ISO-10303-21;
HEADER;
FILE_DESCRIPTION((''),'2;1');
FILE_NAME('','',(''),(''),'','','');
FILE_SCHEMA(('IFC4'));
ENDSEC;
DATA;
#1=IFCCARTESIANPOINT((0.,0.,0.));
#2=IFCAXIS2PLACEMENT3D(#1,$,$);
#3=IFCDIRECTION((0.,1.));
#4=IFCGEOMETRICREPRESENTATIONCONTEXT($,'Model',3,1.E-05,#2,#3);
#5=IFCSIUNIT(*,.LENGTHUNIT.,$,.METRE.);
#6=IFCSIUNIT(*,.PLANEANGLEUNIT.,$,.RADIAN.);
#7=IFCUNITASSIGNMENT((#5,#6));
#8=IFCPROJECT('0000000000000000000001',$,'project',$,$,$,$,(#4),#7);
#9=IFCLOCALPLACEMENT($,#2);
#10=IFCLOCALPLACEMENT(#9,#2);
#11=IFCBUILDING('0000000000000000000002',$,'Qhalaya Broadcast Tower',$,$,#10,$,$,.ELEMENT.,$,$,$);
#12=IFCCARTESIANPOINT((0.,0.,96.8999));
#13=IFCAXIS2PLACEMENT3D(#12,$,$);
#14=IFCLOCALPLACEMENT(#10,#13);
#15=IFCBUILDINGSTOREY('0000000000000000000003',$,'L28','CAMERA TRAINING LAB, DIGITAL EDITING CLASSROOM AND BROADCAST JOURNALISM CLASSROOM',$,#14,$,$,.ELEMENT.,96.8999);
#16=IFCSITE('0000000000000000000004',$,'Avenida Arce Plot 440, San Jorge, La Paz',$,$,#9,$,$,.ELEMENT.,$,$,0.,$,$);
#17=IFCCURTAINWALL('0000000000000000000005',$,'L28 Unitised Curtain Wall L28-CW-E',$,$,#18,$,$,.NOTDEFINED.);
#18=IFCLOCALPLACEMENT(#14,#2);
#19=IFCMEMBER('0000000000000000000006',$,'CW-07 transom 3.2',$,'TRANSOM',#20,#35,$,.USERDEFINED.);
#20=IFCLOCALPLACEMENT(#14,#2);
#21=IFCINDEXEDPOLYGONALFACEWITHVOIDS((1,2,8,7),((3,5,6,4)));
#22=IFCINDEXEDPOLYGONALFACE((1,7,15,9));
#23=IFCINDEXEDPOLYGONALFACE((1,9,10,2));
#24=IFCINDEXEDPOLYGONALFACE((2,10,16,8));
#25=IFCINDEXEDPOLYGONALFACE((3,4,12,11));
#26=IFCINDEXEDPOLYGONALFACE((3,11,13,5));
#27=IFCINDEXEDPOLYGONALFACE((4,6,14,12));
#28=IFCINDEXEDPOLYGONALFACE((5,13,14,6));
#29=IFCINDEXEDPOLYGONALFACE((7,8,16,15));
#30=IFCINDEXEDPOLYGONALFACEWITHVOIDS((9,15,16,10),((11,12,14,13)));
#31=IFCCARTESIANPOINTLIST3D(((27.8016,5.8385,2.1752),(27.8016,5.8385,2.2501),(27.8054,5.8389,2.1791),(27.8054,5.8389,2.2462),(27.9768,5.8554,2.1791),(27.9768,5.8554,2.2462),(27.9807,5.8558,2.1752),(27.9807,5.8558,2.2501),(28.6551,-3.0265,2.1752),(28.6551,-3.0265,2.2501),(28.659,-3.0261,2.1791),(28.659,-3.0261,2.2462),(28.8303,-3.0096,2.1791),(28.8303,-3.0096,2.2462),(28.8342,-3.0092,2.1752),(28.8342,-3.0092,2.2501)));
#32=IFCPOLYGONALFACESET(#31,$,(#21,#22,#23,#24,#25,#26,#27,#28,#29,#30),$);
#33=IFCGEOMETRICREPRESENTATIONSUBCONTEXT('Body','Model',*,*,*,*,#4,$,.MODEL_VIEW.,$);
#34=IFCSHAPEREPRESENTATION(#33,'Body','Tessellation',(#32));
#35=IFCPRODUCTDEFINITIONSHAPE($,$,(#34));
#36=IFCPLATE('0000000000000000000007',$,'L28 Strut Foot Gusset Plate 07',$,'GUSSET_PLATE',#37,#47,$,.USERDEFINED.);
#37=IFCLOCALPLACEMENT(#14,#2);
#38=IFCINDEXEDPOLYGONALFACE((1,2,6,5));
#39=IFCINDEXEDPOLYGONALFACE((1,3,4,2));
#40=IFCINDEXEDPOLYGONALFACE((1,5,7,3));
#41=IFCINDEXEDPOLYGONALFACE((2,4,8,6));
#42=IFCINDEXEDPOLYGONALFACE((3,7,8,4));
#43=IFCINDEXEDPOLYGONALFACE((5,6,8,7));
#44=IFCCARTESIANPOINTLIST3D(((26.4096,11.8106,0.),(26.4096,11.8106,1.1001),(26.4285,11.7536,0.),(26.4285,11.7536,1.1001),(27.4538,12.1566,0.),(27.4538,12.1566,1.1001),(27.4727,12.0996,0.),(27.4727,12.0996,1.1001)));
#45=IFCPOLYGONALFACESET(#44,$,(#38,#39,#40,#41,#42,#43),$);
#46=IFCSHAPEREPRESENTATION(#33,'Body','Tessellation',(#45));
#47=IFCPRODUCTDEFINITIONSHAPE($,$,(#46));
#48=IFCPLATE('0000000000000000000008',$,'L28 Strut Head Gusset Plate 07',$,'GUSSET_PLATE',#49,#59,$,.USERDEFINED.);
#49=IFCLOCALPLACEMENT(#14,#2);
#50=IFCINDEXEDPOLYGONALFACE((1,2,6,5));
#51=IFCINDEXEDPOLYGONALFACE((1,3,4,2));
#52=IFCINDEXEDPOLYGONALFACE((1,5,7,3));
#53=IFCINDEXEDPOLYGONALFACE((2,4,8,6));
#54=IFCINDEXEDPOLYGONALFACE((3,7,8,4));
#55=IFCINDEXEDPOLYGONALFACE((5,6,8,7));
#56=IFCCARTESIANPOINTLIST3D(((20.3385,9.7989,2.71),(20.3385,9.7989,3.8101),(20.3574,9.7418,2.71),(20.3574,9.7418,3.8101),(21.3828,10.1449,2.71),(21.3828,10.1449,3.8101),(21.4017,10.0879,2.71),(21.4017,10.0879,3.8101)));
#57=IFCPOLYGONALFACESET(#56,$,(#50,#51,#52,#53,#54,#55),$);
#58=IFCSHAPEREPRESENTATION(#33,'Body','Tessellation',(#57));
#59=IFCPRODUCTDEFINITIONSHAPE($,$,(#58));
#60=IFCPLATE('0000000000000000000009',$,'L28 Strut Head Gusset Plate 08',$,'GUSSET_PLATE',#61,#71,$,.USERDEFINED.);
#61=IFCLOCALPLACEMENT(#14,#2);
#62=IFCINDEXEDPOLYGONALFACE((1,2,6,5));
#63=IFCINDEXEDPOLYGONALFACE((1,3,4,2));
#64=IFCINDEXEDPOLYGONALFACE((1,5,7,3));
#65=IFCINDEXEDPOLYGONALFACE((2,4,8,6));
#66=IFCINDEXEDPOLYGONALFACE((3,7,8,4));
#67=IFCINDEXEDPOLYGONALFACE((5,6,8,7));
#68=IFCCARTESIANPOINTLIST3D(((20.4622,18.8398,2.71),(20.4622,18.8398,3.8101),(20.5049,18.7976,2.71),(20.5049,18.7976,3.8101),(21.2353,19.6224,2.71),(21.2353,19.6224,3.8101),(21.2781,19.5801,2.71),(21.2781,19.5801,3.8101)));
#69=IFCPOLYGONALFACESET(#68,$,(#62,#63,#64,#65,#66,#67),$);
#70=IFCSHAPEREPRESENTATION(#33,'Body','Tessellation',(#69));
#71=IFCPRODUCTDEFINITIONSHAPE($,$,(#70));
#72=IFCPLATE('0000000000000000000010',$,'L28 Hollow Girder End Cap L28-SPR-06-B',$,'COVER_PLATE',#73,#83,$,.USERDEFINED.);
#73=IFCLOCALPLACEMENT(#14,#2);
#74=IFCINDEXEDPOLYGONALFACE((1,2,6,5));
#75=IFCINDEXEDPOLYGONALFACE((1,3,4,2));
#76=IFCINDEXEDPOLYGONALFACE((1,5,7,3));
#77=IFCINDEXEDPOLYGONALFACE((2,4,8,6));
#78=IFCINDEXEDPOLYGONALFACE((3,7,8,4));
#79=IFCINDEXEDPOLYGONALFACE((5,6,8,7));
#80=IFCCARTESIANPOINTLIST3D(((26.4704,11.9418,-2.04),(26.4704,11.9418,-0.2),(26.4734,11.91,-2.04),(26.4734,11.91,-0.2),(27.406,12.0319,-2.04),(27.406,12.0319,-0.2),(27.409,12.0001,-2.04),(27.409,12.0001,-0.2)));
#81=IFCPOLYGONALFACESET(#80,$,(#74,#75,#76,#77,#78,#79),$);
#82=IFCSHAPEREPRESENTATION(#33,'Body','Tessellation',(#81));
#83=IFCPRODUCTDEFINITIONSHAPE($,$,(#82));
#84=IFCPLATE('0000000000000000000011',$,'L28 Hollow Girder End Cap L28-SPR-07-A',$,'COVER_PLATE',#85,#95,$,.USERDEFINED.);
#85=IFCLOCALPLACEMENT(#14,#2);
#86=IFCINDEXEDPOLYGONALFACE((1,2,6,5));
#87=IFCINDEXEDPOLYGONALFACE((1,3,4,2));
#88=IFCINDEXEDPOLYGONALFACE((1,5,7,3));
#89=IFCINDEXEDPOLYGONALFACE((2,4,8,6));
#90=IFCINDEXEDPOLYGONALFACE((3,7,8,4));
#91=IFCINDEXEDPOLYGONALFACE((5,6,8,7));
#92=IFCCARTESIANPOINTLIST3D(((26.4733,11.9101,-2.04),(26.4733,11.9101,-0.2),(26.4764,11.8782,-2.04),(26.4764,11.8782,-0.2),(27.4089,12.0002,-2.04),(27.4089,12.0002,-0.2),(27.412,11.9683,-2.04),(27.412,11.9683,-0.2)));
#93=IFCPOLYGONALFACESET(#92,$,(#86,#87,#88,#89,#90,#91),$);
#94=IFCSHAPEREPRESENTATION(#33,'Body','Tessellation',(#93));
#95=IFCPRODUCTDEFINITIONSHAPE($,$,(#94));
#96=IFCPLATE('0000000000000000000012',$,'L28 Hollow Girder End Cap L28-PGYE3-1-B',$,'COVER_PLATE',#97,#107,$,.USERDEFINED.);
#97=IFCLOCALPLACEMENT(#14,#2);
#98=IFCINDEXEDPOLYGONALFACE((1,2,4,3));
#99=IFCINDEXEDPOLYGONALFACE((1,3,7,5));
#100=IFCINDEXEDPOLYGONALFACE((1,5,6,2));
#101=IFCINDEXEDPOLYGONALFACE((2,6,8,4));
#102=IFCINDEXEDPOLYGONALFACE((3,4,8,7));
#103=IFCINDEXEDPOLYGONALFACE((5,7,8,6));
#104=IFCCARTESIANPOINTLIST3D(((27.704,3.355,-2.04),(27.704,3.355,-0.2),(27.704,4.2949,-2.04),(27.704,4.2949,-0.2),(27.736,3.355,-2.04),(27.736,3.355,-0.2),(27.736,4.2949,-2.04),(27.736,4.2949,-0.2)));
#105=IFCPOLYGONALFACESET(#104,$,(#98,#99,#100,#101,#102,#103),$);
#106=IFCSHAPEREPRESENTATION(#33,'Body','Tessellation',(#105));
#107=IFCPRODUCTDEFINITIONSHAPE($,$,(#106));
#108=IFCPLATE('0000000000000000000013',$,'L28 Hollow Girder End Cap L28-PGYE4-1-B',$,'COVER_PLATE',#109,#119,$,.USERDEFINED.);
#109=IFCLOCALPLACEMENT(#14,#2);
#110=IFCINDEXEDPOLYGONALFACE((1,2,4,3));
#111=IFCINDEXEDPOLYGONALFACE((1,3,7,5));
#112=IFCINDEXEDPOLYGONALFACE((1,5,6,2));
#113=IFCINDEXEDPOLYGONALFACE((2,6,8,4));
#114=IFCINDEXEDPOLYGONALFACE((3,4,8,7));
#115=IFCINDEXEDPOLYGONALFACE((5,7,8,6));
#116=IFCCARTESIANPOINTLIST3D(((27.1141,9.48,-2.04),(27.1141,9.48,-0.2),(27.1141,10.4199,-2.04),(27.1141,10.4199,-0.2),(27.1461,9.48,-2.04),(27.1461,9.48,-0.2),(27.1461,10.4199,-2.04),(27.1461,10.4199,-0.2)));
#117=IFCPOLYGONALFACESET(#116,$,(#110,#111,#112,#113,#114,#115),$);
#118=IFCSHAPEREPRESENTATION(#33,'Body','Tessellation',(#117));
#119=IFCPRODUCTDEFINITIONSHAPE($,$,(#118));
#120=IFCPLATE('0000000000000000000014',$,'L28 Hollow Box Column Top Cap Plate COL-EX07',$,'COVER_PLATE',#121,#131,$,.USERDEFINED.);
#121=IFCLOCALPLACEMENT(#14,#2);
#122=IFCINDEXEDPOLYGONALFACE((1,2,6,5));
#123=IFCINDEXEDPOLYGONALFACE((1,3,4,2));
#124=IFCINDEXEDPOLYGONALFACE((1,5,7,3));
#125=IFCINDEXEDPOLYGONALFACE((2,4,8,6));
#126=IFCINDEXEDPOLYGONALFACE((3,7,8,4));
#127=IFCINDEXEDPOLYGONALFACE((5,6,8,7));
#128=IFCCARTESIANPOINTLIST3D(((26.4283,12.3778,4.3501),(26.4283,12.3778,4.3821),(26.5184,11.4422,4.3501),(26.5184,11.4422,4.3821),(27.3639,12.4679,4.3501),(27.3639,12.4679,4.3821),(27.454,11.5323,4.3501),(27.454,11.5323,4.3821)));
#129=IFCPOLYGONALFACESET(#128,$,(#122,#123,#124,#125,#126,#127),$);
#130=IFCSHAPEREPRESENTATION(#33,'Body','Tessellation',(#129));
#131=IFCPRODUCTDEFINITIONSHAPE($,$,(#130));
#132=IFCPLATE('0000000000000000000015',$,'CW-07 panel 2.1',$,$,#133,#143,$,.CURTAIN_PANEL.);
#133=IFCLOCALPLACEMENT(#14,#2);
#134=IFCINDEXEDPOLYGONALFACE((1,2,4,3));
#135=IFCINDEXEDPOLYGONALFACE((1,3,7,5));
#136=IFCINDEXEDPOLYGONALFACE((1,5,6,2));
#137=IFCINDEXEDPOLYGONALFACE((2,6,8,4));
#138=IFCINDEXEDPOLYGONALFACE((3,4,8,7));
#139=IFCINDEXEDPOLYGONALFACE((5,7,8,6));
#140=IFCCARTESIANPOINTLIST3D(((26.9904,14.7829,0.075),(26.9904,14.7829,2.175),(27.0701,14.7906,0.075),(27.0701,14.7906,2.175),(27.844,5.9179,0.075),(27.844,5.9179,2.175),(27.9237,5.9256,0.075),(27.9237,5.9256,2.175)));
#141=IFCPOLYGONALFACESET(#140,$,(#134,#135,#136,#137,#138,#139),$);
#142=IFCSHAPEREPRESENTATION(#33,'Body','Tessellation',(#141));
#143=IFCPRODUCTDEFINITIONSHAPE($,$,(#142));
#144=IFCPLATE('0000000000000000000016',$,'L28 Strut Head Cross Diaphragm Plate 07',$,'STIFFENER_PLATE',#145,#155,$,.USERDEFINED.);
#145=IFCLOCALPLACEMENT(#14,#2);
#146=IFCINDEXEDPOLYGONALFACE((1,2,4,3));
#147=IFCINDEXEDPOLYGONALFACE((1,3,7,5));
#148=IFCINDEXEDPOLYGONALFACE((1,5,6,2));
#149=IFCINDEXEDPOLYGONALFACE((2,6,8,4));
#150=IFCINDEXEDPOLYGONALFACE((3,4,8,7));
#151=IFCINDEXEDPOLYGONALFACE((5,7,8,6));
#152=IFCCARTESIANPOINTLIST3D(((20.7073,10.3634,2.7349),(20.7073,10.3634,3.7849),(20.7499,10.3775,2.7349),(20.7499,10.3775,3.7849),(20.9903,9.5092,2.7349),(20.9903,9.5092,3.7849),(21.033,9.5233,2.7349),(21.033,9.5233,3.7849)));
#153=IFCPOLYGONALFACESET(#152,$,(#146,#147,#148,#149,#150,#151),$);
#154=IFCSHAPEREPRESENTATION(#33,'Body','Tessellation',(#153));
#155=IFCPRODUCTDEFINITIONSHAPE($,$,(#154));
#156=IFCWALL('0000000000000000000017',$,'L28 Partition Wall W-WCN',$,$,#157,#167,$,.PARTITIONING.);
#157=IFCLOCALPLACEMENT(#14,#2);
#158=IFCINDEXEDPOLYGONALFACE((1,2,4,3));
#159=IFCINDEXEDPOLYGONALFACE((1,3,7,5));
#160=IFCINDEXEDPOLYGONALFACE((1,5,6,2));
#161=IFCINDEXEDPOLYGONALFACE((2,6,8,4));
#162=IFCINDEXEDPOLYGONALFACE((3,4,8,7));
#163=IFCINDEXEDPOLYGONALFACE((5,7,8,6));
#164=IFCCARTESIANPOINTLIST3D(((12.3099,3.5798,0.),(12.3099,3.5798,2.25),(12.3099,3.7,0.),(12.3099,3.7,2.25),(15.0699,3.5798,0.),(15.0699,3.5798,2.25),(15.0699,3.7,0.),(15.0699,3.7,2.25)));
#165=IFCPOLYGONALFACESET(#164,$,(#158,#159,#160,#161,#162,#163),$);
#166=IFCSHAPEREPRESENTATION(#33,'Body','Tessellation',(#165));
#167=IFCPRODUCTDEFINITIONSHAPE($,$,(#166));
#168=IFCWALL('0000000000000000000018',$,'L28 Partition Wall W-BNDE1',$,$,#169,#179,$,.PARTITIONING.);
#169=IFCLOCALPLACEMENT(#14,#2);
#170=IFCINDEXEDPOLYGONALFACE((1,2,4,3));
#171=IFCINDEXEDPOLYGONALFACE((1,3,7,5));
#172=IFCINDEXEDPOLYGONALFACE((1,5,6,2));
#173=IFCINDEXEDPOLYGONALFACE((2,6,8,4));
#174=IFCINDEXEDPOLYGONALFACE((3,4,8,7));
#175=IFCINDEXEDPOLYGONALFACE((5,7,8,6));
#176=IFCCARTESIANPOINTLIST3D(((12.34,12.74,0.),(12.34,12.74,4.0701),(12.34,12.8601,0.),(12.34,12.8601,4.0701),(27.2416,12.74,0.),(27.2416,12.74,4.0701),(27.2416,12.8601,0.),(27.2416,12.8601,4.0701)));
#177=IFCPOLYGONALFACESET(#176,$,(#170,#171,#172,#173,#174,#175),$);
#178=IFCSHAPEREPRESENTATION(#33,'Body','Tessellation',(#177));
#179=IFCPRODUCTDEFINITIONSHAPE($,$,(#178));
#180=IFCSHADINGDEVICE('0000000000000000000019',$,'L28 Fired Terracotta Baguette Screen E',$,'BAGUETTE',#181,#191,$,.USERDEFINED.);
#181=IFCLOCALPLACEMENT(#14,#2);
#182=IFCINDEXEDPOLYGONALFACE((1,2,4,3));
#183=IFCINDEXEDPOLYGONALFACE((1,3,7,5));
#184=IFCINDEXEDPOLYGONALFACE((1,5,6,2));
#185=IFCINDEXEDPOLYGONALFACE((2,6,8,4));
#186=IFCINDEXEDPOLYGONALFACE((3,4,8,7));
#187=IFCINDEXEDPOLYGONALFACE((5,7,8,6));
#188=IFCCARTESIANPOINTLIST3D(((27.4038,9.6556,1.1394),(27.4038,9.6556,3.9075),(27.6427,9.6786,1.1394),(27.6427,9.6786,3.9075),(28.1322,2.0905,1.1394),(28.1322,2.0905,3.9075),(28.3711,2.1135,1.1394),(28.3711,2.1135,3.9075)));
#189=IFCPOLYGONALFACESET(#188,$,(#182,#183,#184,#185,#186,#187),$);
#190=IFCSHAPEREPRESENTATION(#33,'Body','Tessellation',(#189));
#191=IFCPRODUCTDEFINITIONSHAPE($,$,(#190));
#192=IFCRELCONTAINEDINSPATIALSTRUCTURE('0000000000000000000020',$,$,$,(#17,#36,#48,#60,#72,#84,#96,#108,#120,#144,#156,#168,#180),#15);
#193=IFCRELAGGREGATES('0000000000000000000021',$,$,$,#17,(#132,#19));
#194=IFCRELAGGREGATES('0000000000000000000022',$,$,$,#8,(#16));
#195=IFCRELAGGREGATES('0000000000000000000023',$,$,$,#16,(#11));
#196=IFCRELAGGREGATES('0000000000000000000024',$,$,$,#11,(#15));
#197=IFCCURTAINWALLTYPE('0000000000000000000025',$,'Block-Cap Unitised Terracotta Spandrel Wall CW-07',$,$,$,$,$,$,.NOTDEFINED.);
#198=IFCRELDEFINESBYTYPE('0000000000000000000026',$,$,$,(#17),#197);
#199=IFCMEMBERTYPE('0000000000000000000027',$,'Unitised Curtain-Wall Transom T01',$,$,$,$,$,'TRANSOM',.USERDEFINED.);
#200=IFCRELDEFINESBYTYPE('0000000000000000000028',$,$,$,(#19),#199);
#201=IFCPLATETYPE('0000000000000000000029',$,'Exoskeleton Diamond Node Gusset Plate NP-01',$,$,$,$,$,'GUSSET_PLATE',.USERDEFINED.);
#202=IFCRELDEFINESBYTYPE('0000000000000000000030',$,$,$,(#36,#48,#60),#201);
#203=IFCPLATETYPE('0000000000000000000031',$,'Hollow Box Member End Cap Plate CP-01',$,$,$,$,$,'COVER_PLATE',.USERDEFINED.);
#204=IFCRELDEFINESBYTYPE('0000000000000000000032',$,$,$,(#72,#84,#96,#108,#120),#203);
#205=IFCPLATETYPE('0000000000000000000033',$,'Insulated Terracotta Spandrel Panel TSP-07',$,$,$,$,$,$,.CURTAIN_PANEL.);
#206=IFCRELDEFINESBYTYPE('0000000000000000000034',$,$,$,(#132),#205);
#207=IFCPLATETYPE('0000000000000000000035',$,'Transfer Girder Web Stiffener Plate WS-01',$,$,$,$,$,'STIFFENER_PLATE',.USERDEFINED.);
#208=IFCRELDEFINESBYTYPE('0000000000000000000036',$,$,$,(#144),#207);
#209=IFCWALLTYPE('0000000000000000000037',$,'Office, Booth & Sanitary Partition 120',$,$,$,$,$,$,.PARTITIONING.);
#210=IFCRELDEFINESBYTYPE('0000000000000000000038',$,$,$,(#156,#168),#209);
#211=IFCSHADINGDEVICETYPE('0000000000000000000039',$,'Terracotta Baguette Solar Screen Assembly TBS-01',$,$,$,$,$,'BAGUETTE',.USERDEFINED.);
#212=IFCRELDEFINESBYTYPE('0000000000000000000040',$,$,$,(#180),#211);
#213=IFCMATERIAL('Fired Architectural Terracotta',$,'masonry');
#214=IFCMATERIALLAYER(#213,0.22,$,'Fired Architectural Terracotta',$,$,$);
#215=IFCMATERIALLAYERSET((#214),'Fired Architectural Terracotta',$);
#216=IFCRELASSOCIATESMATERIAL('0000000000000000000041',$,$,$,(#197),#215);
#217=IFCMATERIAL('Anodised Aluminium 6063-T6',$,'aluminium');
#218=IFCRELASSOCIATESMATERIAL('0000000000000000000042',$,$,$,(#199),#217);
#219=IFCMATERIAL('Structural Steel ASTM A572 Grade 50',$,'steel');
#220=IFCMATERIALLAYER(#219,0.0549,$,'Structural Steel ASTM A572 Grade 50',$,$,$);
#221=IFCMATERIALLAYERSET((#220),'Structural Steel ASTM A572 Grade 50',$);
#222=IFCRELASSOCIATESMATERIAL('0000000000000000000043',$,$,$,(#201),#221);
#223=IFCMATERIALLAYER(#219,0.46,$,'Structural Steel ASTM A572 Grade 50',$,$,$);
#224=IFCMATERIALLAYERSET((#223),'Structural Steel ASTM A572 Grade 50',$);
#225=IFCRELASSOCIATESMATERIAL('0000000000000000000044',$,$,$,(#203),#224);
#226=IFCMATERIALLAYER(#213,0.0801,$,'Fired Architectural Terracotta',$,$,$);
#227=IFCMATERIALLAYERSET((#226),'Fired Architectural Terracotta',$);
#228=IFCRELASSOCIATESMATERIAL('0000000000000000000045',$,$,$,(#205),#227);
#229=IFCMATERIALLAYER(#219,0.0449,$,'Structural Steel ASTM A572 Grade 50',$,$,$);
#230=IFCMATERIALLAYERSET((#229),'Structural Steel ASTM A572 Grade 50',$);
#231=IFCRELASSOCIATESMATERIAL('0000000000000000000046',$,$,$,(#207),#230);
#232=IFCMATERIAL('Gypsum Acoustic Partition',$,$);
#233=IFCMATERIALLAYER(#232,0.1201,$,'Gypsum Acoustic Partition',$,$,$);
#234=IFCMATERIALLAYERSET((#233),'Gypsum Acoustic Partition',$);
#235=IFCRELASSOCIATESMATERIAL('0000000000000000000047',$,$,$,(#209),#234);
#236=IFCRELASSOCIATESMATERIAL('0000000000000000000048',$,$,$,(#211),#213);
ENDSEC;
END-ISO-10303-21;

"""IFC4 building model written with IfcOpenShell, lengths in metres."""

from ifc_helpers import new_model, si_unit, direction, frame, frame_2d, origin, origin_2d, place, context, subcontext, project, spatial, rectangle, hollow_rectangle, extrude, material, layer, layer_set, material_profile, profile_set, type_object, element, aggregate, save


model = new_model("IFC4")

# Units and contexts
model_context = context("Model", 3, precision=1e-05, world=origin(), true_north=direction((0.0, 1.0)))
body_context = subcontext(model_context, "Body", "Model", "MODEL_VIEW")
ifc_project = project(units=[si_unit("LENGTHUNIT", "METRE"), si_unit("PLANEANGLEUNIT", "RADIAN")], contexts=[model_context])

# Site, building, storey
site_placement = place(None, origin())
site = spatial("IfcSite", under=ifc_project, at=site_placement, Name="Avenida Arce Plot 440, San Jorge, La Paz", CompositionType="ELEMENT", RefElevation=0.0)
building_placement = place(site_placement, origin())
building = spatial("IfcBuilding", under=site, at=building_placement, Name="Qhalaya Broadcast Tower", CompositionType="ELEMENT")
storey_placement = place(building_placement, frame((0.0, 0.0, 96.8999)))
storey = spatial("IfcBuildingStorey", under=building, at=storey_placement, Name="L28", Description="CAMERA TRAINING LAB, DIGITAL EDITING CLASSROOM AND BROADCAST JOURNALISM CLASSROOM", CompositionType="ELEMENT", Elevation=96.8999)

# Shared definitions
ifc_material_1 = material(Name="Structural Steel ASTM A572 Grade 50", Category="steel")

# Curtain wall, member
ifc_material_2 = material(Name="Fired Architectural Terracotta", Category="masonry")
ifc_layer_1 = layer(ifc_material_2, 0.22, Name="Fired Architectural Terracotta")
ifc_layer_set_1 = layer_set([ifc_layer_1], Name="Fired Architectural Terracotta")
curtain_wall_type = type_object("IfcCurtainWallType", Name="Block-Cap Unitised Terracotta Spandrel Wall CW-07", PredefinedType="NOTDEFINED", material=ifc_layer_set_1)
curtain_wall_placement = place(storey_placement, origin())
curtain_wall = element("IfcCurtainWall", 1, at=curtain_wall_placement, inside=storey, type_object=curtain_wall_type, Name="L28 Unitised Curtain Wall L28-CW-E", PredefinedType="NOTDEFINED")
ifc_material_3 = material(Name="Anodised Aluminium 6063-T6", Category="aluminium")
ifc_material_profile_1 = material_profile(ifc_material_3, hollow_rectangle(XDim=0.075, YDim=0.1799, WallThickness=0.0039, at=origin_2d()), Name="ALU-TRN 75x180x4")
ifc_profile_set_1 = profile_set([ifc_material_profile_1], Name="Anodised Aluminium 6063-T6")
member_type_1 = type_object("IfcMemberType", Name="Unitised Curtain-Wall Transom T01", ElementType="TRANSOM", PredefinedType="USERDEFINED", material=ifc_profile_set_1)
member_1_placement = place(storey_placement, frame((27.8911, 5.8472, 2.2126), z_axis=(0.095836, -0.995397, 0.0), x_axis=(0.0, 0.0, 1.0)))
member_1 = element("IfcMember", 2, at=member_1_placement, type_object=member_type_1, Name="CW-07 transom 3.2", ObjectType="TRANSOM", PredefinedType="USERDEFINED", context=body_context, shape_type="SweptSolid", body=[
    extrude(hollow_rectangle(XDim=0.075, YDim=0.1799, WallThickness=0.0039, at=origin_2d()), origin(), (0.0, 0.0, 1.0), 8.906),
])

# Plates
ifc_layer_2 = layer(ifc_material_1, 0.0549, Name="Structural Steel ASTM A572 Grade 50")
ifc_layer_set_2 = layer_set([ifc_layer_2], Name="Structural Steel ASTM A572 Grade 50")
plate_type_1 = type_object("IfcPlateType", Name="Exoskeleton Diamond Node Gusset Plate NP-01", ElementType="GUSSET_PLATE", PredefinedType="USERDEFINED", material=ifc_layer_set_2)
for number, where, z_axis, x_axis, name in (
    (3, (26.9412, 11.9551, 0.0), (0.0, 0.0, 1.0), (-0.949244, -0.314539, 0.0), "L28 Strut Foot Gusset Plate 07"),
    (4, (20.8701, 9.9434, 2.71), (0.0, 0.0, 1.0), (-0.949244, -0.314539, 0.0), "L28 Strut Head Gusset Plate 07"),
    (5, (20.8701, 19.21, 2.71), (0.0, 0.0, 1.0), (-0.702811, -0.711376, 0.0), "L28 Strut Head Gusset Plate 08"),
):
    element("IfcPlate", number, at=place(storey_placement, frame(where, z_axis=z_axis, x_axis=x_axis)), inside=storey, type_object=plate_type_1, Name=name, ObjectType="GUSSET_PLATE", PredefinedType="USERDEFINED", context=body_context, shape_type="SweptSolid", body=[
        extrude(rectangle(XDim=1.1001, YDim=0.0601, at=origin_2d()), origin(), (0.0, 0.0, 1.0), 1.1001),
    ])
ifc_layer_3 = layer(ifc_material_1, 0.46, Name="Structural Steel ASTM A572 Grade 50")
ifc_layer_set_3 = layer_set([ifc_layer_3], Name="Structural Steel ASTM A572 Grade 50")
plate_type_2 = type_object("IfcPlateType", Name="Hollow Box Member End Cap Plate CP-01", ElementType="COVER_PLATE", PredefinedType="USERDEFINED", material=ifc_layer_set_3)
for number, where, z_axis, x_axis, name in (
    (6, (26.9397, 11.9709, -2.04), (0.0, 0.0, 1.0), (-0.995396, -0.095846, 0.0), "L28 Hollow Girder End Cap L28-SPR-06-B"),
    (7, (26.9426, 11.9392, -2.04), (0.0, 0.0, 1.0), (-0.995396, -0.095846, 0.0), "L28 Hollow Girder End Cap L28-SPR-07-A"),
    (8, (27.72, 3.825, -2.04), (0.0, 0.0, 1.0), (0.0, 1.0, 0.0), "L28 Hollow Girder End Cap L28-PGYE3-1-B"),
    (9, (27.1301, 9.95, -2.04), (0.0, 0.0, 1.0), (0.0, 1.0, 0.0), "L28 Hollow Girder End Cap L28-PGYE4-1-B"),
):
    element("IfcPlate", number, at=place(storey_placement, frame(where, z_axis=z_axis, x_axis=x_axis)), inside=storey, type_object=plate_type_2, Name=name, ObjectType="COVER_PLATE", PredefinedType="USERDEFINED", context=body_context, shape_type="SweptSolid", body=[
        extrude(rectangle(XDim=0.9399, YDim=0.032, at=origin_2d()), origin(), (0.0, 0.0, 1.0), 1.8401),
    ])
plate_1_placement = place(storey_placement, frame((26.9412, 11.9551, 4.3501), z_axis=(0.0, 0.0, 1.0), x_axis=(-0.095846, 0.995396, 0.0)))
element("IfcPlate", 10, at=plate_1_placement, inside=storey, type_object=plate_type_2, Name="L28 Hollow Box Column Top Cap Plate COL-EX07", ObjectType="COVER_PLATE", PredefinedType="USERDEFINED", context=body_context, shape_type="SweptSolid", body=[
    extrude(rectangle(XDim=0.9399, YDim=0.9399, at=origin_2d()), origin(), (0.0, 0.0, 1.0), 0.032),
])

# Plates
ifc_layer_4 = layer(ifc_material_2, 0.0801, Name="Fired Architectural Terracotta")
ifc_layer_set_4 = layer_set([ifc_layer_4], Name="Fired Architectural Terracotta")
plate_type_3 = type_object("IfcPlateType", Name="Insulated Terracotta Spandrel Panel TSP-07", PredefinedType="CURTAIN_PANEL", material=ifc_layer_set_4)
plate_2_placement = place(storey_placement, frame((27.457, 10.3542, 0.075), z_axis=(0.0, 0.0, 1.0), x_axis=(0.095847, -0.995396, 0.0)))
plate_2 = element("IfcPlate", 11, at=plate_2_placement, type_object=plate_type_3, Name="CW-07 panel 2.1", PredefinedType="CURTAIN_PANEL", context=body_context, shape_type="SweptSolid", body=[
    extrude(rectangle(XDim=8.906, YDim=0.0801, at=origin_2d()), origin(), (0.0, 0.0, 1.0), 2.1001),
])
aggregate(curtain_wall, [plate_2, member_1])
ifc_layer_5 = layer(ifc_material_1, 0.0449, Name="Structural Steel ASTM A572 Grade 50")
ifc_layer_set_5 = layer_set([ifc_layer_5], Name="Structural Steel ASTM A572 Grade 50")
plate_type_4 = type_object("IfcPlateType", Name="Transfer Girder Web Stiffener Plate WS-01", ElementType="STIFFENER_PLATE", PredefinedType="USERDEFINED", material=ifc_layer_set_5)
plate_3_placement = place(storey_placement, frame((20.8701, 9.9434, 2.7349), z_axis=(0.0, 0.0, 1.0), x_axis=(0.314539, -0.949244, 0.0)))
element("IfcPlate", 12, at=plate_3_placement, inside=storey, type_object=plate_type_4, Name="L28 Strut Head Cross Diaphragm Plate 07", ObjectType="STIFFENER_PLATE", PredefinedType="USERDEFINED", context=body_context, shape_type="SweptSolid", body=[
    extrude(rectangle(XDim=0.8999, YDim=0.0449, at=origin_2d()), origin(), (0.0, 0.0, 1.0), 1.05),
])

# Walls
ifc_material_4 = material(Name="Gypsum Acoustic Partition")
ifc_layer_6 = layer(ifc_material_4, 0.1201, Name="Gypsum Acoustic Partition")
ifc_layer_set_6 = layer_set([ifc_layer_6], Name="Gypsum Acoustic Partition")
wall_type = type_object("IfcWallType", Name="Office, Booth & Sanitary Partition 120", PredefinedType="PARTITIONING", material=ifc_layer_set_6)
wall_1_placement = place(storey_placement, frame((12.3101, 3.6399, 0.0), z_axis=(0.0, 0.0, 1.0), x_axis=(1.0, 0.0, 0.0)))
element("IfcWall", 13, at=wall_1_placement, inside=storey, type_object=wall_type, Name="L28 Partition Wall W-WCN", PredefinedType="PARTITIONING", context=body_context, shape_type="SweptSolid", body=[
    extrude(rectangle(XDim=2.76, YDim=0.1201, at=frame_2d((1.3799, 0.0))), origin(), (0.0, 0.0, 1.0), 2.25),
])
wall_2_placement = place(storey_placement, frame((12.3401, 12.8, 0.0), z_axis=(0.0, 0.0, 1.0), x_axis=(1.0, 0.0, 0.0)))
element("IfcWall", 14, at=wall_2_placement, inside=storey, type_object=wall_type, Name="L28 Partition Wall W-BNDE1", PredefinedType="PARTITIONING", context=body_context, shape_type="SweptSolid", body=[
    extrude(rectangle(XDim=14.9016, YDim=0.1201, at=frame_2d((7.4507, 0.0))), origin(), (0.0, 0.0, 1.0), 4.0701),
])

# Shading device
shading_device_type = type_object("IfcShadingDeviceType", Name="Terracotta Baguette Solar Screen Assembly TBS-01", ElementType="BAGUETTE", PredefinedType="USERDEFINED", material=ifc_material_2)
shading_device_placement = place(storey_placement, frame((27.8875, 5.8845, 1.1394), z_axis=(0.0, 0.0, 1.0), x_axis=(-0.095846, 0.995396, 0.0)))
element("IfcShadingDevice", 15, at=shading_device_placement, inside=storey, type_object=shading_device_type, Name="L28 Fired Terracotta Baguette Screen E", ObjectType="BAGUETTE", PredefinedType="USERDEFINED", context=body_context, shape_type="SweptSolid", body=[
    extrude(rectangle(XDim=7.6001, YDim=0.24, at=origin_2d()), origin(), (0.0, 0.0, 1.0), 2.7681),
])

save(model, "model.ifc")
